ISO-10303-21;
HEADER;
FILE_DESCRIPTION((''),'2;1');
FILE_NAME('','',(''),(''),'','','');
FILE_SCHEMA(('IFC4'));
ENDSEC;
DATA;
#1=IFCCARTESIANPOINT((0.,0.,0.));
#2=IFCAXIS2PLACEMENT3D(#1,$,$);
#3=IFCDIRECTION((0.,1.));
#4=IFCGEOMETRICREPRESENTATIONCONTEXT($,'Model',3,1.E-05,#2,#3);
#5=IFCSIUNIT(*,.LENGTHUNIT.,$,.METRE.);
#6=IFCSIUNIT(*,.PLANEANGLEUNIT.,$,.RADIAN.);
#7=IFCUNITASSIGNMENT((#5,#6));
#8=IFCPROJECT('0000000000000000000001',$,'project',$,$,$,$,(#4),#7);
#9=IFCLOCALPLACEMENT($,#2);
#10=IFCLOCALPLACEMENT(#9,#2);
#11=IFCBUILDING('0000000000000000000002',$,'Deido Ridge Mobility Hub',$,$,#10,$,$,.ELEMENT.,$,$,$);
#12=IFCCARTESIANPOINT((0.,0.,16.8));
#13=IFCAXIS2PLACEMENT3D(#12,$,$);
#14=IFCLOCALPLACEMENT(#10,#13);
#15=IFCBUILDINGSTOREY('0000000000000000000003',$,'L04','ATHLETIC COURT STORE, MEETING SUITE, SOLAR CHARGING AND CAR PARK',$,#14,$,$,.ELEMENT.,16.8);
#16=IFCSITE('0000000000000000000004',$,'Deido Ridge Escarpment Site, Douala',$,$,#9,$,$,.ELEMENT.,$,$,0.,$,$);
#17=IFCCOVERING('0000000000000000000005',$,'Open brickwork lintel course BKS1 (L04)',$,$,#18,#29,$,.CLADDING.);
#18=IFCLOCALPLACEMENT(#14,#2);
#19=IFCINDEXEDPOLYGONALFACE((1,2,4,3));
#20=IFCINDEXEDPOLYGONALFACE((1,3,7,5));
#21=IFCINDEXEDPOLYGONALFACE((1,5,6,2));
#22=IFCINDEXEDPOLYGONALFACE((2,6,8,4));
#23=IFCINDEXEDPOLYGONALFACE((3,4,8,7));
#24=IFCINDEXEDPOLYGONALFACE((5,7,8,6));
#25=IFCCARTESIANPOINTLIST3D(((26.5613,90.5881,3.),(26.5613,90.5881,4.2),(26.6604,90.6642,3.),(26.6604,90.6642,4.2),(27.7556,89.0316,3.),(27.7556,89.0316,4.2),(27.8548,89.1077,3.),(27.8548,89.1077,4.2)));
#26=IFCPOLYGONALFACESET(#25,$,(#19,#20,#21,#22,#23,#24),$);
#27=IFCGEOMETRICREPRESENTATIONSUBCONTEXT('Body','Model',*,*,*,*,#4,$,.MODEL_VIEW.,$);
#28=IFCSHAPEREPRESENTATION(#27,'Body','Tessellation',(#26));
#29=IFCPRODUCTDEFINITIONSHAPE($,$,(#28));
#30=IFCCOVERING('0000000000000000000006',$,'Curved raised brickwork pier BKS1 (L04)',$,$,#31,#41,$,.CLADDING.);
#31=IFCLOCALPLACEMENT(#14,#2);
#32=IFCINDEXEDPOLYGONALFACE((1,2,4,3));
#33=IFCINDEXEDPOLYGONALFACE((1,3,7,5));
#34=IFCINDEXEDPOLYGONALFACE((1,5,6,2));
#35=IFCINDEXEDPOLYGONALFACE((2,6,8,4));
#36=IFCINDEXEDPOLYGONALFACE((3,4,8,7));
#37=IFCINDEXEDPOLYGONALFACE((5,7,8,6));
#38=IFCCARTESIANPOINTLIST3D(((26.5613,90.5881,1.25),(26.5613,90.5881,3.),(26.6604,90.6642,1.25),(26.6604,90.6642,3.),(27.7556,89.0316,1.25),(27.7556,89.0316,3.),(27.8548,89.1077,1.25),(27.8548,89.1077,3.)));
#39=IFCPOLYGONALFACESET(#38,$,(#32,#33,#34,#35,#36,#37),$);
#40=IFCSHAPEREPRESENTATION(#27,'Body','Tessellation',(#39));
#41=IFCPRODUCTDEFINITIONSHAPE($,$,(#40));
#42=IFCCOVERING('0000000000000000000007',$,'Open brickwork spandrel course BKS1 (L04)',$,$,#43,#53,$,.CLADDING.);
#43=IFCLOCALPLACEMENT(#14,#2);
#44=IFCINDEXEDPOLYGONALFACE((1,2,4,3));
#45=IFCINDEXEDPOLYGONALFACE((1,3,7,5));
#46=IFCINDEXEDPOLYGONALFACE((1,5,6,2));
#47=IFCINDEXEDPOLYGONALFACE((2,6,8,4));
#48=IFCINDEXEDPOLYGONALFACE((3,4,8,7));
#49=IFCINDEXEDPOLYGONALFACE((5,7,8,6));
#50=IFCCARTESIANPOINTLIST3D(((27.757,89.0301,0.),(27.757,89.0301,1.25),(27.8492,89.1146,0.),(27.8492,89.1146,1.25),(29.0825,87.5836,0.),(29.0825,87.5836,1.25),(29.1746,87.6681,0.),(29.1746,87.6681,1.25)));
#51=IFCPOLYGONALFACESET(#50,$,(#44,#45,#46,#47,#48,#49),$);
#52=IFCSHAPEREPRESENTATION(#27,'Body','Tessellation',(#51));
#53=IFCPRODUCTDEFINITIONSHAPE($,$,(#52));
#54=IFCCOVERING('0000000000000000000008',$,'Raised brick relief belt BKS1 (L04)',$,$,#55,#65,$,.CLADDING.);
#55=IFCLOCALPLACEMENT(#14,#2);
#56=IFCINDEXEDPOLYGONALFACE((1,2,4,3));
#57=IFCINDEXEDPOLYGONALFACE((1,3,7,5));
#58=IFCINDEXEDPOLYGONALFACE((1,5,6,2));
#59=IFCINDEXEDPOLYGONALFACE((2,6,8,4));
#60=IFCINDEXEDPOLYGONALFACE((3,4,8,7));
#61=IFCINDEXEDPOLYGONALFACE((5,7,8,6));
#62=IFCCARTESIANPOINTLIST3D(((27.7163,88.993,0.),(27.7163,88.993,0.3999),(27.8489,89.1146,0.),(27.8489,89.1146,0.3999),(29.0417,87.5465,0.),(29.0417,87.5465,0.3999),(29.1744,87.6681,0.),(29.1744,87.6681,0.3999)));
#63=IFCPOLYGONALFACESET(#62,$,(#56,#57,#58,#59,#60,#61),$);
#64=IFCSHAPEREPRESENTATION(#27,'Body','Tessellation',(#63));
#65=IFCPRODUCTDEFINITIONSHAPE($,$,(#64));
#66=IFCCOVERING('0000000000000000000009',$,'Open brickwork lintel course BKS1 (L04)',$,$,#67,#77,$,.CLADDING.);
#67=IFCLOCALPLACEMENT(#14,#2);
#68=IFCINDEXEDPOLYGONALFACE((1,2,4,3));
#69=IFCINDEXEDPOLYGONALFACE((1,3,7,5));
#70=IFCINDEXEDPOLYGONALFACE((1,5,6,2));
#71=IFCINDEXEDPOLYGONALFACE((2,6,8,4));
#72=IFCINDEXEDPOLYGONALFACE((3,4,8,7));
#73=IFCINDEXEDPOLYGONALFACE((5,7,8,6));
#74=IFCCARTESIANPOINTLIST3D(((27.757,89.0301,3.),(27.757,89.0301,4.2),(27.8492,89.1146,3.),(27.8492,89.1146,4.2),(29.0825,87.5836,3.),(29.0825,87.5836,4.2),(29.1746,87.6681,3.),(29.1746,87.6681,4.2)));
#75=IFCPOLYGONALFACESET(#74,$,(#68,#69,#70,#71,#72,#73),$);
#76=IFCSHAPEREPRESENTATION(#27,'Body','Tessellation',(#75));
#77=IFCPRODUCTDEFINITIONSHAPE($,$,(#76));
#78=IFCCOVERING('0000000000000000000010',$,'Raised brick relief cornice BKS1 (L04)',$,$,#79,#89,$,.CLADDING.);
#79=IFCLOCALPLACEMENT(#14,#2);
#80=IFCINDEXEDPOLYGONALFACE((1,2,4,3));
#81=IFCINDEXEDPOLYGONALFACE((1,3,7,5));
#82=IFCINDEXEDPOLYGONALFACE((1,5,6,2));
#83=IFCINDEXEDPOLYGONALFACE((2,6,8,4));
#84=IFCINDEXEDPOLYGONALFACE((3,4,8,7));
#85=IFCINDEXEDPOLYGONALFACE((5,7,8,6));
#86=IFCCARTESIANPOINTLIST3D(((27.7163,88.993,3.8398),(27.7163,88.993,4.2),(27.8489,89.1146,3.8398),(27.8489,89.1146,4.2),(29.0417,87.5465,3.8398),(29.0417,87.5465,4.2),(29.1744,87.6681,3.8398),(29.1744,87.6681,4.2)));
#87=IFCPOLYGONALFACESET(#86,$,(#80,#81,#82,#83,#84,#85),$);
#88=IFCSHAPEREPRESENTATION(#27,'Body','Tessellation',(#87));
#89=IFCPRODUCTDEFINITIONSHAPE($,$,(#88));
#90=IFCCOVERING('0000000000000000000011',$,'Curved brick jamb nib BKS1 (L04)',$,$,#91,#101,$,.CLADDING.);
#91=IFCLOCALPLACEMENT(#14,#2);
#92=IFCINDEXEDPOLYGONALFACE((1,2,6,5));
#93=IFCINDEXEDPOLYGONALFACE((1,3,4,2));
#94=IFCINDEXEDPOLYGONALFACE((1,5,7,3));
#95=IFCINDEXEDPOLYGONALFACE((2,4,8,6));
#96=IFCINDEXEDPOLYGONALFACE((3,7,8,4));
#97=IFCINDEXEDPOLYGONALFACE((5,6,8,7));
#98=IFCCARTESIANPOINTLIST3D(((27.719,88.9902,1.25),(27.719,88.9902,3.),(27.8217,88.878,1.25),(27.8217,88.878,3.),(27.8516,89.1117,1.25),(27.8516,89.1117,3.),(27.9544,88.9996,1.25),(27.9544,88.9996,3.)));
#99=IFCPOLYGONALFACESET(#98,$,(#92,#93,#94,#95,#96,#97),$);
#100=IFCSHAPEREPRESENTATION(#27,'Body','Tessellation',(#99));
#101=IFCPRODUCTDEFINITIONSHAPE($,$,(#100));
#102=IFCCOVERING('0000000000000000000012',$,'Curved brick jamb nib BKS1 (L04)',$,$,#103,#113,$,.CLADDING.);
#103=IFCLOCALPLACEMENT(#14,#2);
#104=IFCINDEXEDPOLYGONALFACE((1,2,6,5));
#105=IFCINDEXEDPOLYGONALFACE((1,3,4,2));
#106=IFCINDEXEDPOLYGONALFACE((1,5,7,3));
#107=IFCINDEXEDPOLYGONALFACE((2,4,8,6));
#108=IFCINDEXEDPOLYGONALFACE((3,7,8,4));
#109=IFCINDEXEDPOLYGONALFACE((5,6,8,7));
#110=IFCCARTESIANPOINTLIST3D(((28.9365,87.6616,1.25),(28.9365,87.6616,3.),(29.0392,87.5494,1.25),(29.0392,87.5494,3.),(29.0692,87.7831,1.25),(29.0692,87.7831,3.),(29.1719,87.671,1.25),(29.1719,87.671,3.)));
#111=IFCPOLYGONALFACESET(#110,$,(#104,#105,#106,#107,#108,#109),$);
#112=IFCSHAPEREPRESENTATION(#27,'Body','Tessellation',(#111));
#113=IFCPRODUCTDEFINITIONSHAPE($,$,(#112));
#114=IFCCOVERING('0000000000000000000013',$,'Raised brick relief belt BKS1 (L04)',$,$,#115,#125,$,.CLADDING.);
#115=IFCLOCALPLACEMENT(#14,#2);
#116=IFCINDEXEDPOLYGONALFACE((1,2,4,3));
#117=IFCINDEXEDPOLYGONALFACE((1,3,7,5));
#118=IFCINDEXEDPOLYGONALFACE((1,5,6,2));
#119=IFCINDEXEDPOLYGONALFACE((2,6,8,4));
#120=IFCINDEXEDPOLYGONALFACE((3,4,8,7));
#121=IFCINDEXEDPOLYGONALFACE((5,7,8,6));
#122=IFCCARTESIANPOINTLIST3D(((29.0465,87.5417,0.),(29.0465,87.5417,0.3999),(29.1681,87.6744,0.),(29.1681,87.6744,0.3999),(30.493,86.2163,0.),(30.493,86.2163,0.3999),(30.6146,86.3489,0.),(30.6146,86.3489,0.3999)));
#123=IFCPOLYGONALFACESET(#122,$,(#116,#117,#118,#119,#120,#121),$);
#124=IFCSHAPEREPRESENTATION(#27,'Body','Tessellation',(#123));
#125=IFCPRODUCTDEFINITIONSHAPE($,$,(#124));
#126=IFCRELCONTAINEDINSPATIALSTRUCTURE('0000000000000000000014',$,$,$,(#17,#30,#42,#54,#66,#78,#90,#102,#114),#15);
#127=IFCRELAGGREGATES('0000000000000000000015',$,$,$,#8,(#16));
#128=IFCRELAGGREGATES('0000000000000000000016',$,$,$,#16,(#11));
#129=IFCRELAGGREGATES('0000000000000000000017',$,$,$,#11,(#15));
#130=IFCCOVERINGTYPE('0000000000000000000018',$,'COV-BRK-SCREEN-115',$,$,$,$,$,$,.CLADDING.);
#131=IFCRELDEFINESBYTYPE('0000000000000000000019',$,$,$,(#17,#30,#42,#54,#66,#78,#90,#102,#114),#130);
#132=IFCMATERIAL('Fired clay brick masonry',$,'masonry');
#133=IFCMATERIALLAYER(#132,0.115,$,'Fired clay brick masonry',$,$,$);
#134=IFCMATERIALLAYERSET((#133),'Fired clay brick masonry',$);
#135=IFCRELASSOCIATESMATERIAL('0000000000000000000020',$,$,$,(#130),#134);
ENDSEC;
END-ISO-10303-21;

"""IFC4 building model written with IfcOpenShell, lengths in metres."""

from ifc_helpers import new_model, si_unit, direction, frame, origin, origin_2d, place, context, subcontext, project, spatial, rectangle, extrude, material, layer, layer_set, type_object, element, save


model = new_model("IFC4")

# Units and contexts
model_context = context("Model", 3, precision=1e-05, world=origin(), true_north=direction((0.0, 1.0)))
body_context = subcontext(model_context, "Body", "Model", "MODEL_VIEW")
ifc_project = project(units=[si_unit("LENGTHUNIT", "METRE"), si_unit("PLANEANGLEUNIT", "RADIAN")], contexts=[model_context])

# Site, building, storey
site_placement = place(None, origin())
site = spatial("IfcSite", under=ifc_project, at=site_placement, Name="Deido Ridge Escarpment Site, Douala", CompositionType="ELEMENT", RefElevation=0.0)
building_placement = place(site_placement, origin())
building = spatial("IfcBuilding", under=site, at=building_placement, Name="Deido Ridge Mobility Hub", CompositionType="ELEMENT")
storey_placement = place(building_placement, frame((0.0, 0.0, 16.8)))
storey = spatial("IfcBuildingStorey", under=building, at=storey_placement, Name="L04", Description="ATHLETIC COURT STORE, MEETING SUITE, SOLAR CHARGING AND CAR PARK", CompositionType="ELEMENT", Elevation=16.8)

# Coverings
ifc_material_1 = material(Name="Fired clay brick masonry", Category="masonry")
ifc_layer = layer(ifc_material_1, 0.115, Name="Fired clay brick masonry")
ifc_layer_set = layer_set([ifc_layer], Name="Fired clay brick masonry")
covering_type = type_object("IfcCoveringType", Name="COV-BRK-SCREEN-115", PredefinedType="CLADDING", material=ifc_layer_set)
covering_1_placement = place(storey_placement, frame((27.208, 89.8479, 3.0), z_axis=(0.0, 0.0, 1.0), x_axis=(0.608761, -0.793353, 0.0)))
element("IfcCovering", 1, at=covering_1_placement, inside=storey, type_object=covering_type, Name="Open brickwork lintel course BKS1 (L04)", PredefinedType="CLADDING", context=body_context, shape_type="SweptSolid", body=[
    extrude(rectangle(XDim=1.9619, YDim=0.125, at=origin_2d()), origin(), (0.0, 0.0, 1.0), 1.2),
])
covering_2_placement = place(storey_placement, frame((27.208, 89.8479, 1.25), z_axis=(0.0, 0.0, 1.0), x_axis=(0.608761, -0.793353, 0.0)))
element("IfcCovering", 2, at=covering_2_placement, inside=storey, type_object=covering_type, Name="Curved raised brickwork pier BKS1 (L04)", PredefinedType="CLADDING", context=body_context, shape_type="SweptSolid", body=[
    extrude(rectangle(XDim=1.9619, YDim=0.125, at=origin_2d()), origin(), (0.0, 0.0, 1.0), 1.75),
])
covering_3_placement = place(storey_placement, frame((28.4658, 88.3491, 0.0), z_axis=(0.0, 0.0, 1.0), x_axis=(0.675577, -0.737289, 0.0)))
element("IfcCovering", 3, at=covering_3_placement, inside=storey, type_object=covering_type, Name="Open brickwork spandrel course BKS1 (L04)", PredefinedType="CLADDING", context=body_context, shape_type="SweptSolid", body=[
    extrude(rectangle(XDim=1.9619, YDim=0.125, at=origin_2d()), origin(), (0.0, 0.0, 1.0), 1.25),
])
covering_4_placement = place(storey_placement, frame((28.4453, 88.3306, 0.0), z_axis=(0.0, 0.0, 1.0), x_axis=(0.675577, -0.737289, 0.0)))
element("IfcCovering", 4, at=covering_4_placement, inside=storey, type_object=covering_type, Name="Raised brick relief belt BKS1 (L04)", PredefinedType="CLADDING", context=body_context, shape_type="SweptSolid", body=[
    extrude(rectangle(XDim=1.9619, YDim=0.1799, at=origin_2d()), origin(), (0.0, 0.0, 1.0), 0.3999),
])
covering_5_placement = place(storey_placement, frame((28.4658, 88.3491, 3.0), z_axis=(0.0, 0.0, 1.0), x_axis=(0.675577, -0.737289, 0.0)))
element("IfcCovering", 5, at=covering_5_placement, inside=storey, type_object=covering_type, Name="Open brickwork lintel course BKS1 (L04)", PredefinedType="CLADDING", context=body_context, shape_type="SweptSolid", body=[
    extrude(rectangle(XDim=1.9619, YDim=0.125, at=origin_2d()), origin(), (0.0, 0.0, 1.0), 1.2),
])
covering_6_placement = place(storey_placement, frame((28.4453, 88.3306, 3.8398), z_axis=(0.0, 0.0, 1.0), x_axis=(0.675577, -0.737289, 0.0)))
element("IfcCovering", 6, at=covering_6_placement, inside=storey, type_object=covering_type, Name="Raised brick relief cornice BKS1 (L04)", PredefinedType="CLADDING", context=body_context, shape_type="SweptSolid", body=[
    extrude(rectangle(XDim=1.9619, YDim=0.1799, at=origin_2d()), origin(), (0.0, 0.0, 1.0), 0.3601),
])
for number, where, z_axis, x_axis, name in (
    (7, (27.8367, 88.9949, 1.25), (0.0, 0.0, 1.0), (0.675577, -0.737289, 0.0), "Curved brick jamb nib BKS1 (L04)"),
    (8, (29.0542, 87.6663, 1.25), (0.0, 0.0, 1.0), (0.675577, -0.737289, 0.0), "Curved brick jamb nib BKS1 (L04)"),
):
    element("IfcCovering", number, at=place(storey_placement, frame(where, z_axis=z_axis, x_axis=x_axis)), inside=storey, type_object=covering_type, Name=name, PredefinedType="CLADDING", context=body_context, shape_type="SweptSolid", body=[
        extrude(rectangle(XDim=0.1521, YDim=0.1799, at=origin_2d()), origin(), (0.0, 0.0, 1.0), 1.75),
    ])
covering_7_placement = place(storey_placement, frame((29.8306, 86.9453, 0.0), z_axis=(0.0, 0.0, 1.0), x_axis=(0.737289, -0.675577, 0.0)))
element("IfcCovering", 9, at=covering_7_placement, inside=storey, type_object=covering_type, Name="Raised brick relief belt BKS1 (L04)", PredefinedType="CLADDING", context=body_context, shape_type="SweptSolid", body=[
    extrude(rectangle(XDim=1.9619, YDim=0.1799, at=origin_2d()), origin(), (0.0, 0.0, 1.0), 0.3999),
])

save(model, "model.ifc")
